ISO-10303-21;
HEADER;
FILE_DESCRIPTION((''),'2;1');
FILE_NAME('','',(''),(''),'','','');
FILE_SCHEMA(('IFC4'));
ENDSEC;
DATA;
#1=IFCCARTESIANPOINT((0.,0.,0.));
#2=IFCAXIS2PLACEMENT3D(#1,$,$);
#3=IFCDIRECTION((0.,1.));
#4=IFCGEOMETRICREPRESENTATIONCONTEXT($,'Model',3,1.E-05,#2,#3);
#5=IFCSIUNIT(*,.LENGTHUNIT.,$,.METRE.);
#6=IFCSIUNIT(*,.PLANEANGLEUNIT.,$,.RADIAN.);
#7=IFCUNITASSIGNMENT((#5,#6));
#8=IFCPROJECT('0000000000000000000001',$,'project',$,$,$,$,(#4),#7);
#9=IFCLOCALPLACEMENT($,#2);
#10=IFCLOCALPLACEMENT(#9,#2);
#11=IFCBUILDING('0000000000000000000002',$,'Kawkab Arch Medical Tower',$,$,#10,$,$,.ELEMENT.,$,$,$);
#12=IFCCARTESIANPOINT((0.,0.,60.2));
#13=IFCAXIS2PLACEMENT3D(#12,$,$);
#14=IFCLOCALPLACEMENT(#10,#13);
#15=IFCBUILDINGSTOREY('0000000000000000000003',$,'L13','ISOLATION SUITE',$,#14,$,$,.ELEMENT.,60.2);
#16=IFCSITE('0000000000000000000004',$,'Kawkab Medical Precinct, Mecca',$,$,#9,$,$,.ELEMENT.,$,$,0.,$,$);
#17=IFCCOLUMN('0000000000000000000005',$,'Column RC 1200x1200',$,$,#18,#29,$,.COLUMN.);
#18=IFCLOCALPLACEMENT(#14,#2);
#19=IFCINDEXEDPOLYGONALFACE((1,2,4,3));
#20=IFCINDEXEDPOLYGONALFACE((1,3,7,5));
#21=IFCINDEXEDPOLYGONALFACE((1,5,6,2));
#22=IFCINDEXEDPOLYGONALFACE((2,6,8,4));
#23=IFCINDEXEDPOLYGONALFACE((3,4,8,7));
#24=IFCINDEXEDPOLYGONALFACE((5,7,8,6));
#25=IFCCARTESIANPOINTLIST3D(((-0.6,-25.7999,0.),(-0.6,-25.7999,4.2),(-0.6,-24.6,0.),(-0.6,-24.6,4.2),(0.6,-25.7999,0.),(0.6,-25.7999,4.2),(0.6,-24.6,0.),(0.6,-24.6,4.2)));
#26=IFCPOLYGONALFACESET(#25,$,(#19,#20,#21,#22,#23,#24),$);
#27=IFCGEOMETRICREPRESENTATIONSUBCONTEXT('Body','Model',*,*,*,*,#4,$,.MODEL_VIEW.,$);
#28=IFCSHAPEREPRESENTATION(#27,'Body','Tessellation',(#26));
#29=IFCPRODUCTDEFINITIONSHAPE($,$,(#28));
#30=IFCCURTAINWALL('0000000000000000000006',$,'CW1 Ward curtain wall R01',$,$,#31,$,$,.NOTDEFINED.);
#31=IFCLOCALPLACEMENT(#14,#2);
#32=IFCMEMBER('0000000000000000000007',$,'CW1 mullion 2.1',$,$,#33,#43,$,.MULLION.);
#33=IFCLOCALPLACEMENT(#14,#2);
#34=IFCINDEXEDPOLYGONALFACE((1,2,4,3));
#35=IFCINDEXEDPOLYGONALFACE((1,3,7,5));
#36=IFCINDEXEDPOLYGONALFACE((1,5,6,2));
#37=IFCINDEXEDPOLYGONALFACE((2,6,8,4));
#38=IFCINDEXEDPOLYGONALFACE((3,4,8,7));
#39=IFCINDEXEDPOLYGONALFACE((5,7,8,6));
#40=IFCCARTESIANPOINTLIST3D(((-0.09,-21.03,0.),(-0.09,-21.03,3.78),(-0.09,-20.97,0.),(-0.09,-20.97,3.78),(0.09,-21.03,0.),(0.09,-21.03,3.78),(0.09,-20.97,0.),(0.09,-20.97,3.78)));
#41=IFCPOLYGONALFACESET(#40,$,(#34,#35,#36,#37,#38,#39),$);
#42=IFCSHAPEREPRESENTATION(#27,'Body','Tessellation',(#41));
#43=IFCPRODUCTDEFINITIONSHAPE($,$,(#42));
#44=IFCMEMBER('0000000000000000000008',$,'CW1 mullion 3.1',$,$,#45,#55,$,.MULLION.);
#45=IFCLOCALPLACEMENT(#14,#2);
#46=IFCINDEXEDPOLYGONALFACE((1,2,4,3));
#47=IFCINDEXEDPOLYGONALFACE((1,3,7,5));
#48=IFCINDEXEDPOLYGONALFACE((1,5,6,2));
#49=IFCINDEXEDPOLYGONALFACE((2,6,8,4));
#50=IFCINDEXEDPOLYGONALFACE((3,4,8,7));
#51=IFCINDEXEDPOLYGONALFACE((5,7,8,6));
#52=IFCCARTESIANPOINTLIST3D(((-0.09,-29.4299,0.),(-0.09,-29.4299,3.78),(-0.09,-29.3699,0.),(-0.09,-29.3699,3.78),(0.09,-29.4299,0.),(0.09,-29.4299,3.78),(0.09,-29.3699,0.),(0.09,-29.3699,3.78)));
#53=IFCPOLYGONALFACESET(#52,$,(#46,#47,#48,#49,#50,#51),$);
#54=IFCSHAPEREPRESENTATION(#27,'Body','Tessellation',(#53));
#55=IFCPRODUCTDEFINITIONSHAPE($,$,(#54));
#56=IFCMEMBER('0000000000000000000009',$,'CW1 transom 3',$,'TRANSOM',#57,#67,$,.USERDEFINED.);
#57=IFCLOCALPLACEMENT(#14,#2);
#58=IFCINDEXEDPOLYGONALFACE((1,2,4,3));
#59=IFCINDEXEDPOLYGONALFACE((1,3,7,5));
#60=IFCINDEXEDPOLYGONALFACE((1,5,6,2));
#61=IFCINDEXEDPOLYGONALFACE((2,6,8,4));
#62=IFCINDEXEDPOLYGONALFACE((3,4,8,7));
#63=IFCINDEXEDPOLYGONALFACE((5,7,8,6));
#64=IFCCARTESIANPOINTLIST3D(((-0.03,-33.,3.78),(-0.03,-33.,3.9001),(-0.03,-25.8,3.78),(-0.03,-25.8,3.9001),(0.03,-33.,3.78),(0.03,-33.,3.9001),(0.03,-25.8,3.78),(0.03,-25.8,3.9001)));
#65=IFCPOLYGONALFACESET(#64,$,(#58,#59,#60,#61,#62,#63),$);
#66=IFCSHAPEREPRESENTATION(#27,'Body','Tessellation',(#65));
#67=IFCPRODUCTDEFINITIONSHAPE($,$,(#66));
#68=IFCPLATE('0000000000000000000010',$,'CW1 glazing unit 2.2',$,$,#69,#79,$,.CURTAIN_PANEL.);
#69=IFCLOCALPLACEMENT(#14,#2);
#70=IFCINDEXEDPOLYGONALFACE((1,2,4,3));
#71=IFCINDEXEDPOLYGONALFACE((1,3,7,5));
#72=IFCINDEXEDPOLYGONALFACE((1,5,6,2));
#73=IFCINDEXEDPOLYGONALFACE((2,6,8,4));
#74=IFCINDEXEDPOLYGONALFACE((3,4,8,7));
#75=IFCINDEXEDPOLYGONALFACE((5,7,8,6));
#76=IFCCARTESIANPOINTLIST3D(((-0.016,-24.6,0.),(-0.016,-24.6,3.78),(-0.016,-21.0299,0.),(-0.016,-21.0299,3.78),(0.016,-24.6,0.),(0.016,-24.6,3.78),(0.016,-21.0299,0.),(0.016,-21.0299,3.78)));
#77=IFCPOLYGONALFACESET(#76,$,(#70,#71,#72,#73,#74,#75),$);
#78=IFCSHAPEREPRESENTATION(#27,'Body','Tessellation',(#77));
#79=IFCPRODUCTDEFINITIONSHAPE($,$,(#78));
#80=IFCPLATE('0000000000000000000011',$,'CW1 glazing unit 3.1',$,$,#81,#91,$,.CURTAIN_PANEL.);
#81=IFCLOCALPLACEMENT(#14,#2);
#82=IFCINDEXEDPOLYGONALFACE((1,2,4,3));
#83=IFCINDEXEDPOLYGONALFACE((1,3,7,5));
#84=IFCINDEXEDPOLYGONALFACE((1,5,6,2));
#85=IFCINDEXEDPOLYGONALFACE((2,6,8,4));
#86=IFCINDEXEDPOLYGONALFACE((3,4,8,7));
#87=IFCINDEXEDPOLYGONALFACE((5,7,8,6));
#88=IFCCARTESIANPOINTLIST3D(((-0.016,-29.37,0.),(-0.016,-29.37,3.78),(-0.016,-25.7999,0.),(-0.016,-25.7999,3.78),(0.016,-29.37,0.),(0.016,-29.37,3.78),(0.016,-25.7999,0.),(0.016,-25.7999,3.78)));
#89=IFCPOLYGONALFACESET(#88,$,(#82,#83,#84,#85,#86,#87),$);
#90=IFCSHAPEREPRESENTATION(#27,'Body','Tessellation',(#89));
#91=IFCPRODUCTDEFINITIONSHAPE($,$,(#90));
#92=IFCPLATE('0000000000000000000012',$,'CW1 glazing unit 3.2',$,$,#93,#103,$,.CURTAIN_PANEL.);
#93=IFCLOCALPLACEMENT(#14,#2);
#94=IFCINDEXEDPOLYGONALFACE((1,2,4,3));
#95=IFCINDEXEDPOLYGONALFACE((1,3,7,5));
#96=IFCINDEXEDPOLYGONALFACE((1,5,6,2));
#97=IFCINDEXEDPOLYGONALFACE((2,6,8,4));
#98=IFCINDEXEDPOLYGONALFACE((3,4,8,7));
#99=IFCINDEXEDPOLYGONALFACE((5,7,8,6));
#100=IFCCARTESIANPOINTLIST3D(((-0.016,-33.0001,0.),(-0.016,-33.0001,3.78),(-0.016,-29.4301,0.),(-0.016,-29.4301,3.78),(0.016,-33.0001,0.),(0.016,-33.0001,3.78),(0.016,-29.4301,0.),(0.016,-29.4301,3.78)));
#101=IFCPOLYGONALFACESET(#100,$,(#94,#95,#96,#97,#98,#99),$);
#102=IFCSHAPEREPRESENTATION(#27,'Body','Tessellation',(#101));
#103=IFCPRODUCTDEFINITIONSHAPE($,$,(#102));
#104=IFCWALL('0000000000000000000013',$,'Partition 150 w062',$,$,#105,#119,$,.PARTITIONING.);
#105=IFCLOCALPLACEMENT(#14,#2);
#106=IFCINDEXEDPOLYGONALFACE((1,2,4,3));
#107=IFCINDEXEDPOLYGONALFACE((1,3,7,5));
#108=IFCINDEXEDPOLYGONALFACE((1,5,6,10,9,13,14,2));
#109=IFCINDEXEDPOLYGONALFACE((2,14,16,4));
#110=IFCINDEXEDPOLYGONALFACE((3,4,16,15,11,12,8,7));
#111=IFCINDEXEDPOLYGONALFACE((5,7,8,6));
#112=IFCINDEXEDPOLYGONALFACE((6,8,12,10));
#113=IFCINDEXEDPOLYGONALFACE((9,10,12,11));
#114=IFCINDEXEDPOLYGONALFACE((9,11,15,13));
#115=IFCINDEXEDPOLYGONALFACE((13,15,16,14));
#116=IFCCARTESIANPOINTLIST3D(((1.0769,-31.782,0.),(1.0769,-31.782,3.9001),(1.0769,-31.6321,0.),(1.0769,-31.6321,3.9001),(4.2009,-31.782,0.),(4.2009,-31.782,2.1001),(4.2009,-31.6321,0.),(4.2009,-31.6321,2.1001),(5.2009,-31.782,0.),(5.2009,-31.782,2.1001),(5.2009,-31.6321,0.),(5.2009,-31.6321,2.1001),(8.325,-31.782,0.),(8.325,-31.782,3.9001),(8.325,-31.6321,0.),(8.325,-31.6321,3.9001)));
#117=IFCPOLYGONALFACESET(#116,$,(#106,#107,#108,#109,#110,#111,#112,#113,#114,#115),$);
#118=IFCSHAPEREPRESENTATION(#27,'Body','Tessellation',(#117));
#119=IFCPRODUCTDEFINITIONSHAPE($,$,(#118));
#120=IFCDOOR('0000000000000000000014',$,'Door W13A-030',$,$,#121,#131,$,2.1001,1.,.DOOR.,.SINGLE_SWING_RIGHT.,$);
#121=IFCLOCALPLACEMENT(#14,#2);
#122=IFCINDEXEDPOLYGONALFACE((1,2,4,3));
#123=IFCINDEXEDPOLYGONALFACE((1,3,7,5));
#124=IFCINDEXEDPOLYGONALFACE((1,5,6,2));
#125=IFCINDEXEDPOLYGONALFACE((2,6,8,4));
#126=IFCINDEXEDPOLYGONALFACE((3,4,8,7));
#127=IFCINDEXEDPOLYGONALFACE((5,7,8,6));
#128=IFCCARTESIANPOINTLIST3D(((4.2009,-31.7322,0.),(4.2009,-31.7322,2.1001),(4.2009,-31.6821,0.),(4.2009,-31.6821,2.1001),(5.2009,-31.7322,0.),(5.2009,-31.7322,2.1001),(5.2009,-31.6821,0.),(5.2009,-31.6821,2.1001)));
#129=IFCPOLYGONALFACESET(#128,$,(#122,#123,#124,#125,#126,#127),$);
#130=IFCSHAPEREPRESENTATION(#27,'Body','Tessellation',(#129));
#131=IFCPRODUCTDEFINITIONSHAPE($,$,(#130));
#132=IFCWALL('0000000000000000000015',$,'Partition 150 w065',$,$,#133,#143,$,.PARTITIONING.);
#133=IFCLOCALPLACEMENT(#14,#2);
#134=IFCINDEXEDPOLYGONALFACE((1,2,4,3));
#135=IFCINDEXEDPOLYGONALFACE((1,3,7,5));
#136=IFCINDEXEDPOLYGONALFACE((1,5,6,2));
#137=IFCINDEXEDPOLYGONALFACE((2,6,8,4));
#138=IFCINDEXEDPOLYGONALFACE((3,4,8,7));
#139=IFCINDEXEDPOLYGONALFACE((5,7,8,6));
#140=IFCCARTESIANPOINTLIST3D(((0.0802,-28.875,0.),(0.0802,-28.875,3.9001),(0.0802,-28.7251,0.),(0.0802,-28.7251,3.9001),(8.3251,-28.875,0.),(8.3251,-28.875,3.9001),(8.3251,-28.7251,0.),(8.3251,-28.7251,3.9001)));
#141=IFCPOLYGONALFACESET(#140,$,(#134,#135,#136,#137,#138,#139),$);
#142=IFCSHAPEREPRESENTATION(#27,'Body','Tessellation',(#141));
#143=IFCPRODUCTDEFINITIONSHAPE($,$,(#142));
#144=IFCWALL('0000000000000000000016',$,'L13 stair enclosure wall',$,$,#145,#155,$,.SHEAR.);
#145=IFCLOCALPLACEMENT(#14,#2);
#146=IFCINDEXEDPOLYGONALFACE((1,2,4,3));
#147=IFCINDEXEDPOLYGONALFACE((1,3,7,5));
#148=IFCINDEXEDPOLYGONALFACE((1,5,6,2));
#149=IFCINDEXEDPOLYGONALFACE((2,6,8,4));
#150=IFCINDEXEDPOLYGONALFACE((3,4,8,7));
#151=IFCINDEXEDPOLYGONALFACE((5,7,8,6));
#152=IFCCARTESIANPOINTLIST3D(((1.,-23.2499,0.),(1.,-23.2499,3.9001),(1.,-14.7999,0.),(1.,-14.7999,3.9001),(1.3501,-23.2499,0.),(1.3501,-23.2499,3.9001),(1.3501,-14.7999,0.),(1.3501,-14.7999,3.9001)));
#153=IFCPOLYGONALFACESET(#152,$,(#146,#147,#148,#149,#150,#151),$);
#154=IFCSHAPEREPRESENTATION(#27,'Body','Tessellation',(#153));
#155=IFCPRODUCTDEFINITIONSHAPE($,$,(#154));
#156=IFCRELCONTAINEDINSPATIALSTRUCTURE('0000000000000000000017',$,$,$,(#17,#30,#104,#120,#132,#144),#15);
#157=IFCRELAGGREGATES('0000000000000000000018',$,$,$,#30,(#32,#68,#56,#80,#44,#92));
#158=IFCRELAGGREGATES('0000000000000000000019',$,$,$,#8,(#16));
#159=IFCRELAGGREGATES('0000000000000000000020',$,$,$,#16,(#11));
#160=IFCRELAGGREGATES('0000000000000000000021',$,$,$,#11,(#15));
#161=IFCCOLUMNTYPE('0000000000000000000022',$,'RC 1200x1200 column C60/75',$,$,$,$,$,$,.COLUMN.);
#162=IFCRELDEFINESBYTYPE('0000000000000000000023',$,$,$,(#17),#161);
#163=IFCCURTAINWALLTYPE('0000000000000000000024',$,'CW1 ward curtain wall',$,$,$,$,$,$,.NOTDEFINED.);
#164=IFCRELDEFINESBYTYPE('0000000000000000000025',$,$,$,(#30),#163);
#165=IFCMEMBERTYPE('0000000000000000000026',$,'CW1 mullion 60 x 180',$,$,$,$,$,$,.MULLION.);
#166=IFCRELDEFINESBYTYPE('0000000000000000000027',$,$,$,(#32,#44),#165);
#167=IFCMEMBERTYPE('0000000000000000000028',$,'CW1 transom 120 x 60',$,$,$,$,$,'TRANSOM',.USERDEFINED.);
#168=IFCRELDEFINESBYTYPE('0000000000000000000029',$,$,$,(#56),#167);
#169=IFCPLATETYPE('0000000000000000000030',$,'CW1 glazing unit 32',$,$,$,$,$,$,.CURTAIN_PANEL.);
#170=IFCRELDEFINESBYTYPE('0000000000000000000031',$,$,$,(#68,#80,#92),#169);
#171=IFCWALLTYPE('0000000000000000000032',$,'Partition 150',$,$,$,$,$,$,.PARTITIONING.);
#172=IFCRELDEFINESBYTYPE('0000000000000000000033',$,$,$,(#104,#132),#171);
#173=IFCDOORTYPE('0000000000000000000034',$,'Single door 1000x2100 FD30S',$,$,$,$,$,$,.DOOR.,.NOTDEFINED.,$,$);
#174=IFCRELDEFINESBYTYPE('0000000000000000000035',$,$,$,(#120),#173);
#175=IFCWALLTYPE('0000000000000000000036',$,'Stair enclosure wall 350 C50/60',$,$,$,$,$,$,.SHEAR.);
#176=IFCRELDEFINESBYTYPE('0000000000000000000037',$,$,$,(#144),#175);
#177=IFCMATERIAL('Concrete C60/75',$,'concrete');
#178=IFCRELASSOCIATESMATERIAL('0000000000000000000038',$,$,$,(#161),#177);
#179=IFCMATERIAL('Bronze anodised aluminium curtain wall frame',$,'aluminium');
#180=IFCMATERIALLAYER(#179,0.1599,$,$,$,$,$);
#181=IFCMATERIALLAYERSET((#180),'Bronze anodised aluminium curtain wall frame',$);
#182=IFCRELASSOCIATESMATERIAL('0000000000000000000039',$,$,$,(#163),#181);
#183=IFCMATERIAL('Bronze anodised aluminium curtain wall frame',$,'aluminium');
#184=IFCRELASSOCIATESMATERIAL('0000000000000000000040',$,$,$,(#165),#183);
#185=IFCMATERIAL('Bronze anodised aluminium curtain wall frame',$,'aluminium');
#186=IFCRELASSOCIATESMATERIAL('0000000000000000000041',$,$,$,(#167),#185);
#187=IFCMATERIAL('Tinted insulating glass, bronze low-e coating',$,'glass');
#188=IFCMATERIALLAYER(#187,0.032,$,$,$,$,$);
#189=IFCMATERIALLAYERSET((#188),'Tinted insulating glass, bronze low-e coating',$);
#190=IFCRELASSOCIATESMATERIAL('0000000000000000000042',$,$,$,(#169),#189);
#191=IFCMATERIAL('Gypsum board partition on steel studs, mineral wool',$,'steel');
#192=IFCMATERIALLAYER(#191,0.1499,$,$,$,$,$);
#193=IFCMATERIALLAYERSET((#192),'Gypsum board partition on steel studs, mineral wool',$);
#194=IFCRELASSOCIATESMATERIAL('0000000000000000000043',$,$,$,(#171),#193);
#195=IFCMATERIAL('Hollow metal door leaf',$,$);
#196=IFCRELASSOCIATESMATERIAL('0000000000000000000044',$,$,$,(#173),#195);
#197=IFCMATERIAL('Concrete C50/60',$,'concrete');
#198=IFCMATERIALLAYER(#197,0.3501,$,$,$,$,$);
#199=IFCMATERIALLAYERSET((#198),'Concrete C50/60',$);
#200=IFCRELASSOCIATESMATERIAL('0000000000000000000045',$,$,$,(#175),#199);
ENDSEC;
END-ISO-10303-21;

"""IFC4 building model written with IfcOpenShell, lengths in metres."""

from ifc_helpers import new_model, si_unit, direction, frame, frame_2d, origin, origin_2d, place, context, subcontext, project, spatial, rectangle, extrude, material, layer, layer_set, material_profile, profile_set, type_object, element, fill, aggregate, save


model = new_model("IFC4")

# Units and contexts
model_context = context("Model", 3, precision=1e-05, world=origin(), true_north=direction((0.0, 1.0)))
body_context = subcontext(model_context, "Body", "Model", "MODEL_VIEW")
ifc_project = project(units=[si_unit("LENGTHUNIT", "METRE"), si_unit("PLANEANGLEUNIT", "RADIAN")], contexts=[model_context])

# Site, building, storey
site_placement = place(None, origin())
site = spatial("IfcSite", under=ifc_project, at=site_placement, Name="Kawkab Medical Precinct, Mecca", CompositionType="ELEMENT", RefElevation=0.0)
building_placement = place(site_placement, origin())
building = spatial("IfcBuilding", under=site, at=building_placement, Name="Kawkab Arch Medical Tower", CompositionType="ELEMENT")
storey_placement = place(building_placement, frame((0.0, 0.0, 60.2)))
storey = spatial("IfcBuildingStorey", under=building, at=storey_placement, Name="L13", Description="ISOLATION SUITE", CompositionType="ELEMENT", Elevation=60.2)

# Column
ifc_material_1 = material(Name="Concrete C60/75", Category="concrete")
ifc_material_profile_1 = material_profile(ifc_material_1, rectangle(XDim=1.2, YDim=1.2, at=origin_2d()), Name="RC 1200x1200")
ifc_profile_set_1 = profile_set([ifc_material_profile_1], Name="Concrete C60/75")
column_type = type_object("IfcColumnType", Name="RC 1200x1200 column C60/75", PredefinedType="COLUMN", material=ifc_profile_set_1)
column_placement = place(storey_placement, frame((0.0, -25.2, 0.0), z_axis=(0.0, 0.0, 1.0), x_axis=(1.0, 0.0, 0.0)))
element("IfcColumn", 1, at=column_placement, inside=storey, type_object=column_type, Name="Column RC 1200x1200", PredefinedType="COLUMN", context=body_context, shape_type="SweptSolid", body=[
    extrude(rectangle(XDim=1.2, YDim=1.2, at=origin_2d()), origin(), (0.0, 0.0, 1.0), 4.2),
])

# Curtain wall, members, plates
ifc_material_2 = material(Name="Bronze anodised aluminium curtain wall frame", Category="aluminium")
ifc_layer_1 = layer(ifc_material_2, 0.1599)
ifc_layer_set_1 = layer_set([ifc_layer_1], Name="Bronze anodised aluminium curtain wall frame")
curtain_wall_type = type_object("IfcCurtainWallType", Name="CW1 ward curtain wall", PredefinedType="NOTDEFINED", material=ifc_layer_set_1)
curtain_wall_placement = place(storey_placement, origin())
curtain_wall = element("IfcCurtainWall", 2, at=curtain_wall_placement, inside=storey, type_object=curtain_wall_type, Name="CW1 Ward curtain wall R01", PredefinedType="NOTDEFINED")
ifc_material_3 = material(Name="Bronze anodised aluminium curtain wall frame", Category="aluminium")
ifc_material_profile_2 = material_profile(ifc_material_3, rectangle(XDim=0.1799, YDim=0.0601, at=origin_2d()), Name="AL 60x180")
ifc_profile_set_2 = profile_set([ifc_material_profile_2], Name="Bronze anodised aluminium curtain wall frame")
member_type_1 = type_object("IfcMemberType", Name="CW1 mullion 60 x 180", PredefinedType="MULLION", material=ifc_profile_set_2)
member_1_placement = place(storey_placement, frame((0.0, -21.0, 0.0), z_axis=(0.0, 0.0, 1.0), x_axis=(1.0, 0.0, 0.0)))
member_1 = element("IfcMember", 3, at=member_1_placement, type_object=member_type_1, Name="CW1 mullion 2.1", PredefinedType="MULLION", context=body_context, shape_type="SweptSolid", body=[
    extrude(rectangle(XDim=0.1799, YDim=0.0601, at=origin_2d()), origin(), (0.0, 0.0, 1.0), 3.78),
])
member_2_placement = place(storey_placement, frame((0.0, -29.3999, 0.0), z_axis=(0.0, 0.0, 1.0), x_axis=(1.0, 0.0, 0.0)))
member_2 = element("IfcMember", 4, at=member_2_placement, type_object=member_type_1, Name="CW1 mullion 3.1", PredefinedType="MULLION", context=body_context, shape_type="SweptSolid", body=[
    extrude(rectangle(XDim=0.1799, YDim=0.0601, at=origin_2d()), origin(), (0.0, 0.0, 1.0), 3.78),
])
ifc_material_4 = material(Name="Bronze anodised aluminium curtain wall frame", Category="aluminium")
ifc_material_profile_3 = material_profile(ifc_material_4, rectangle(XDim=0.0601, YDim=0.1201, at=origin_2d()), Name="AL 60x120")
ifc_profile_set_3 = profile_set([ifc_material_profile_3], Name="Bronze anodised aluminium curtain wall frame")
member_type_2 = type_object("IfcMemberType", Name="CW1 transom 120 x 60", ElementType="TRANSOM", PredefinedType="USERDEFINED", material=ifc_profile_set_3)
member_3_placement = place(storey_placement, frame((0.0, -25.8, 3.8401), z_axis=(0.0, -1.0, 0.0), x_axis=(1.0, 0.0, 0.0)))
member_3 = element("IfcMember", 5, at=member_3_placement, type_object=member_type_2, Name="CW1 transom 3", ObjectType="TRANSOM", PredefinedType="USERDEFINED", context=body_context, shape_type="SweptSolid", body=[
    extrude(rectangle(XDim=0.0601, YDim=0.1201, at=origin_2d()), origin(), (0.0, 0.0, 1.0), 7.2),
])
ifc_material_5 = material(Name="Tinted insulating glass, bronze low-e coating", Category="glass")
ifc_layer_2 = layer(ifc_material_5, 0.032)
ifc_layer_set_2 = layer_set([ifc_layer_2], Name="Tinted insulating glass, bronze low-e coating")
plate_type = type_object("IfcPlateType", Name="CW1 glazing unit 32", PredefinedType="CURTAIN_PANEL", material=ifc_layer_set_2)
plate_1_placement = place(storey_placement, frame((0.0, -22.8149, 0.0), z_axis=(0.0, 0.0, 1.0), x_axis=(0.0, -1.0, 0.0)))
plate_1 = element("IfcPlate", 6, at=plate_1_placement, type_object=plate_type, Name="CW1 glazing unit 2.2", PredefinedType="CURTAIN_PANEL", context=body_context, shape_type="SweptSolid", body=[
    extrude(rectangle(XDim=3.5701, YDim=0.032, at=origin_2d()), origin(), (0.0, 0.0, 1.0), 3.78),
])
plate_2_placement = place(storey_placement, frame((0.0, -27.585, 0.0), z_axis=(0.0, 0.0, 1.0), x_axis=(0.0, -1.0, 0.0)))
plate_2 = element("IfcPlate", 7, at=plate_2_placement, type_object=plate_type, Name="CW1 glazing unit 3.1", PredefinedType="CURTAIN_PANEL", context=body_context, shape_type="SweptSolid", body=[
    extrude(rectangle(XDim=3.5701, YDim=0.032, at=origin_2d()), origin(), (0.0, 0.0, 1.0), 3.78),
])
plate_3_placement = place(storey_placement, frame((0.0, -31.2151, 0.0), z_axis=(0.0, 0.0, 1.0), x_axis=(0.0, -1.0, 0.0)))
plate_3 = element("IfcPlate", 8, at=plate_3_placement, type_object=plate_type, Name="CW1 glazing unit 3.2", PredefinedType="CURTAIN_PANEL", context=body_context, shape_type="SweptSolid", body=[
    extrude(rectangle(XDim=3.5701, YDim=0.032, at=origin_2d()), origin(), (0.0, 0.0, 1.0), 3.78),
])
aggregate(curtain_wall, [member_1, plate_1, member_3, plate_2, member_2, plate_3])

# Wall, opening, door
ifc_material_6 = material(Name="Gypsum board partition on steel studs, mineral wool", Category="steel")
ifc_layer_3 = layer(ifc_material_6, 0.1499)
ifc_layer_set_3 = layer_set([ifc_layer_3], Name="Gypsum board partition on steel studs, mineral wool")
wall_type_1 = type_object("IfcWallType", Name="Partition 150", PredefinedType="PARTITIONING", material=ifc_layer_set_3)
wall_1_placement = place(storey_placement, frame((1.0769, -31.707, 0.0), z_axis=(0.0, 0.0, 1.0), x_axis=(1.0, 0.0, 0.0)))
wall_1 = element("IfcWall", 9, at=wall_1_placement, inside=storey, type_object=wall_type_1, Name="Partition 150 w062", PredefinedType="PARTITIONING", context=body_context, shape_type="SweptSolid", body=[
    extrude(rectangle(XDim=7.248, YDim=0.1499, at=frame_2d((3.624, 0.0))), origin(), (0.0, 0.0, 1.0), 3.9001),
])
opening_placement = place(wall_1_placement, frame((3.124, 0.0, 0.0)))
opening = element("IfcOpeningElement", 10, at=opening_placement, cuts=wall_1, PredefinedType="OPENING", context=body_context, shape_type="SweptSolid", body=[
    extrude(rectangle(XDim=1.0, YDim=2.1001, at=frame_2d((0.5, 1.05))), frame((0.0, 0.085, 0.0), z_axis=(0.0, -1.0, 0.0), x_axis=(1.0, 0.0, 0.0)), (0.0, 0.0, 1.0), 0.1699),
])
ifc_material_7 = material(Name="Hollow metal door leaf")
door_type = type_object("IfcDoorType", Name="Single door 1000x2100 FD30S", OperationType="NOTDEFINED", PredefinedType="DOOR", material=ifc_material_7)
door_placement = place(opening_placement, origin())
door = element("IfcDoor", 11, at=door_placement, inside=storey, type_object=door_type, Name="Door W13A-030", OperationType="SINGLE_SWING_RIGHT", OverallHeight=2.1001, OverallWidth=1.0, PredefinedType="DOOR", context=body_context, shape_type="SweptSolid", body=[
    extrude(rectangle(XDim=1.0, YDim=2.1001, at=frame_2d((0.5, 1.05))), frame((0.0, 0.0249, 0.0), z_axis=(0.0, -1.0, 0.0), x_axis=(1.0, 0.0, 0.0)), (0.0, 0.0, 1.0), 0.05),
])
fill(opening, door)

# Walls
wall_2_placement = place(storey_placement, frame((0.0801, -28.8, 0.0), z_axis=(0.0, 0.0, 1.0), x_axis=(1.0, 0.0, 0.0)))
element("IfcWall", 12, at=wall_2_placement, inside=storey, type_object=wall_type_1, Name="Partition 150 w065", PredefinedType="PARTITIONING", context=body_context, shape_type="SweptSolid", body=[
    extrude(rectangle(XDim=8.2449, YDim=0.1499, at=frame_2d((4.1226, 0.0))), origin(), (0.0, 0.0, 1.0), 3.9001),
])
ifc_material_8 = material(Name="Concrete C50/60", Category="concrete")
ifc_layer_4 = layer(ifc_material_8, 0.3501)
ifc_layer_set_4 = layer_set([ifc_layer_4], Name="Concrete C50/60")
wall_type_2 = type_object("IfcWallType", Name="Stair enclosure wall 350 C50/60", PredefinedType="SHEAR", material=ifc_layer_set_4)
wall_3_placement = place(storey_placement, frame((1.175, -23.25, 0.0), z_axis=(0.0, 0.0, 1.0), x_axis=(0.0, 1.0, 0.0)))
element("IfcWall", 13, at=wall_3_placement, inside=storey, type_object=wall_type_2, Name="L13 stair enclosure wall", PredefinedType="SHEAR", context=body_context, shape_type="SweptSolid", body=[
    extrude(rectangle(XDim=8.45, YDim=0.3501, at=frame_2d((4.2251, 0.0))), origin(), (0.0, 0.0, 1.0), 3.9001),
])

save(model, "model.ifc")
